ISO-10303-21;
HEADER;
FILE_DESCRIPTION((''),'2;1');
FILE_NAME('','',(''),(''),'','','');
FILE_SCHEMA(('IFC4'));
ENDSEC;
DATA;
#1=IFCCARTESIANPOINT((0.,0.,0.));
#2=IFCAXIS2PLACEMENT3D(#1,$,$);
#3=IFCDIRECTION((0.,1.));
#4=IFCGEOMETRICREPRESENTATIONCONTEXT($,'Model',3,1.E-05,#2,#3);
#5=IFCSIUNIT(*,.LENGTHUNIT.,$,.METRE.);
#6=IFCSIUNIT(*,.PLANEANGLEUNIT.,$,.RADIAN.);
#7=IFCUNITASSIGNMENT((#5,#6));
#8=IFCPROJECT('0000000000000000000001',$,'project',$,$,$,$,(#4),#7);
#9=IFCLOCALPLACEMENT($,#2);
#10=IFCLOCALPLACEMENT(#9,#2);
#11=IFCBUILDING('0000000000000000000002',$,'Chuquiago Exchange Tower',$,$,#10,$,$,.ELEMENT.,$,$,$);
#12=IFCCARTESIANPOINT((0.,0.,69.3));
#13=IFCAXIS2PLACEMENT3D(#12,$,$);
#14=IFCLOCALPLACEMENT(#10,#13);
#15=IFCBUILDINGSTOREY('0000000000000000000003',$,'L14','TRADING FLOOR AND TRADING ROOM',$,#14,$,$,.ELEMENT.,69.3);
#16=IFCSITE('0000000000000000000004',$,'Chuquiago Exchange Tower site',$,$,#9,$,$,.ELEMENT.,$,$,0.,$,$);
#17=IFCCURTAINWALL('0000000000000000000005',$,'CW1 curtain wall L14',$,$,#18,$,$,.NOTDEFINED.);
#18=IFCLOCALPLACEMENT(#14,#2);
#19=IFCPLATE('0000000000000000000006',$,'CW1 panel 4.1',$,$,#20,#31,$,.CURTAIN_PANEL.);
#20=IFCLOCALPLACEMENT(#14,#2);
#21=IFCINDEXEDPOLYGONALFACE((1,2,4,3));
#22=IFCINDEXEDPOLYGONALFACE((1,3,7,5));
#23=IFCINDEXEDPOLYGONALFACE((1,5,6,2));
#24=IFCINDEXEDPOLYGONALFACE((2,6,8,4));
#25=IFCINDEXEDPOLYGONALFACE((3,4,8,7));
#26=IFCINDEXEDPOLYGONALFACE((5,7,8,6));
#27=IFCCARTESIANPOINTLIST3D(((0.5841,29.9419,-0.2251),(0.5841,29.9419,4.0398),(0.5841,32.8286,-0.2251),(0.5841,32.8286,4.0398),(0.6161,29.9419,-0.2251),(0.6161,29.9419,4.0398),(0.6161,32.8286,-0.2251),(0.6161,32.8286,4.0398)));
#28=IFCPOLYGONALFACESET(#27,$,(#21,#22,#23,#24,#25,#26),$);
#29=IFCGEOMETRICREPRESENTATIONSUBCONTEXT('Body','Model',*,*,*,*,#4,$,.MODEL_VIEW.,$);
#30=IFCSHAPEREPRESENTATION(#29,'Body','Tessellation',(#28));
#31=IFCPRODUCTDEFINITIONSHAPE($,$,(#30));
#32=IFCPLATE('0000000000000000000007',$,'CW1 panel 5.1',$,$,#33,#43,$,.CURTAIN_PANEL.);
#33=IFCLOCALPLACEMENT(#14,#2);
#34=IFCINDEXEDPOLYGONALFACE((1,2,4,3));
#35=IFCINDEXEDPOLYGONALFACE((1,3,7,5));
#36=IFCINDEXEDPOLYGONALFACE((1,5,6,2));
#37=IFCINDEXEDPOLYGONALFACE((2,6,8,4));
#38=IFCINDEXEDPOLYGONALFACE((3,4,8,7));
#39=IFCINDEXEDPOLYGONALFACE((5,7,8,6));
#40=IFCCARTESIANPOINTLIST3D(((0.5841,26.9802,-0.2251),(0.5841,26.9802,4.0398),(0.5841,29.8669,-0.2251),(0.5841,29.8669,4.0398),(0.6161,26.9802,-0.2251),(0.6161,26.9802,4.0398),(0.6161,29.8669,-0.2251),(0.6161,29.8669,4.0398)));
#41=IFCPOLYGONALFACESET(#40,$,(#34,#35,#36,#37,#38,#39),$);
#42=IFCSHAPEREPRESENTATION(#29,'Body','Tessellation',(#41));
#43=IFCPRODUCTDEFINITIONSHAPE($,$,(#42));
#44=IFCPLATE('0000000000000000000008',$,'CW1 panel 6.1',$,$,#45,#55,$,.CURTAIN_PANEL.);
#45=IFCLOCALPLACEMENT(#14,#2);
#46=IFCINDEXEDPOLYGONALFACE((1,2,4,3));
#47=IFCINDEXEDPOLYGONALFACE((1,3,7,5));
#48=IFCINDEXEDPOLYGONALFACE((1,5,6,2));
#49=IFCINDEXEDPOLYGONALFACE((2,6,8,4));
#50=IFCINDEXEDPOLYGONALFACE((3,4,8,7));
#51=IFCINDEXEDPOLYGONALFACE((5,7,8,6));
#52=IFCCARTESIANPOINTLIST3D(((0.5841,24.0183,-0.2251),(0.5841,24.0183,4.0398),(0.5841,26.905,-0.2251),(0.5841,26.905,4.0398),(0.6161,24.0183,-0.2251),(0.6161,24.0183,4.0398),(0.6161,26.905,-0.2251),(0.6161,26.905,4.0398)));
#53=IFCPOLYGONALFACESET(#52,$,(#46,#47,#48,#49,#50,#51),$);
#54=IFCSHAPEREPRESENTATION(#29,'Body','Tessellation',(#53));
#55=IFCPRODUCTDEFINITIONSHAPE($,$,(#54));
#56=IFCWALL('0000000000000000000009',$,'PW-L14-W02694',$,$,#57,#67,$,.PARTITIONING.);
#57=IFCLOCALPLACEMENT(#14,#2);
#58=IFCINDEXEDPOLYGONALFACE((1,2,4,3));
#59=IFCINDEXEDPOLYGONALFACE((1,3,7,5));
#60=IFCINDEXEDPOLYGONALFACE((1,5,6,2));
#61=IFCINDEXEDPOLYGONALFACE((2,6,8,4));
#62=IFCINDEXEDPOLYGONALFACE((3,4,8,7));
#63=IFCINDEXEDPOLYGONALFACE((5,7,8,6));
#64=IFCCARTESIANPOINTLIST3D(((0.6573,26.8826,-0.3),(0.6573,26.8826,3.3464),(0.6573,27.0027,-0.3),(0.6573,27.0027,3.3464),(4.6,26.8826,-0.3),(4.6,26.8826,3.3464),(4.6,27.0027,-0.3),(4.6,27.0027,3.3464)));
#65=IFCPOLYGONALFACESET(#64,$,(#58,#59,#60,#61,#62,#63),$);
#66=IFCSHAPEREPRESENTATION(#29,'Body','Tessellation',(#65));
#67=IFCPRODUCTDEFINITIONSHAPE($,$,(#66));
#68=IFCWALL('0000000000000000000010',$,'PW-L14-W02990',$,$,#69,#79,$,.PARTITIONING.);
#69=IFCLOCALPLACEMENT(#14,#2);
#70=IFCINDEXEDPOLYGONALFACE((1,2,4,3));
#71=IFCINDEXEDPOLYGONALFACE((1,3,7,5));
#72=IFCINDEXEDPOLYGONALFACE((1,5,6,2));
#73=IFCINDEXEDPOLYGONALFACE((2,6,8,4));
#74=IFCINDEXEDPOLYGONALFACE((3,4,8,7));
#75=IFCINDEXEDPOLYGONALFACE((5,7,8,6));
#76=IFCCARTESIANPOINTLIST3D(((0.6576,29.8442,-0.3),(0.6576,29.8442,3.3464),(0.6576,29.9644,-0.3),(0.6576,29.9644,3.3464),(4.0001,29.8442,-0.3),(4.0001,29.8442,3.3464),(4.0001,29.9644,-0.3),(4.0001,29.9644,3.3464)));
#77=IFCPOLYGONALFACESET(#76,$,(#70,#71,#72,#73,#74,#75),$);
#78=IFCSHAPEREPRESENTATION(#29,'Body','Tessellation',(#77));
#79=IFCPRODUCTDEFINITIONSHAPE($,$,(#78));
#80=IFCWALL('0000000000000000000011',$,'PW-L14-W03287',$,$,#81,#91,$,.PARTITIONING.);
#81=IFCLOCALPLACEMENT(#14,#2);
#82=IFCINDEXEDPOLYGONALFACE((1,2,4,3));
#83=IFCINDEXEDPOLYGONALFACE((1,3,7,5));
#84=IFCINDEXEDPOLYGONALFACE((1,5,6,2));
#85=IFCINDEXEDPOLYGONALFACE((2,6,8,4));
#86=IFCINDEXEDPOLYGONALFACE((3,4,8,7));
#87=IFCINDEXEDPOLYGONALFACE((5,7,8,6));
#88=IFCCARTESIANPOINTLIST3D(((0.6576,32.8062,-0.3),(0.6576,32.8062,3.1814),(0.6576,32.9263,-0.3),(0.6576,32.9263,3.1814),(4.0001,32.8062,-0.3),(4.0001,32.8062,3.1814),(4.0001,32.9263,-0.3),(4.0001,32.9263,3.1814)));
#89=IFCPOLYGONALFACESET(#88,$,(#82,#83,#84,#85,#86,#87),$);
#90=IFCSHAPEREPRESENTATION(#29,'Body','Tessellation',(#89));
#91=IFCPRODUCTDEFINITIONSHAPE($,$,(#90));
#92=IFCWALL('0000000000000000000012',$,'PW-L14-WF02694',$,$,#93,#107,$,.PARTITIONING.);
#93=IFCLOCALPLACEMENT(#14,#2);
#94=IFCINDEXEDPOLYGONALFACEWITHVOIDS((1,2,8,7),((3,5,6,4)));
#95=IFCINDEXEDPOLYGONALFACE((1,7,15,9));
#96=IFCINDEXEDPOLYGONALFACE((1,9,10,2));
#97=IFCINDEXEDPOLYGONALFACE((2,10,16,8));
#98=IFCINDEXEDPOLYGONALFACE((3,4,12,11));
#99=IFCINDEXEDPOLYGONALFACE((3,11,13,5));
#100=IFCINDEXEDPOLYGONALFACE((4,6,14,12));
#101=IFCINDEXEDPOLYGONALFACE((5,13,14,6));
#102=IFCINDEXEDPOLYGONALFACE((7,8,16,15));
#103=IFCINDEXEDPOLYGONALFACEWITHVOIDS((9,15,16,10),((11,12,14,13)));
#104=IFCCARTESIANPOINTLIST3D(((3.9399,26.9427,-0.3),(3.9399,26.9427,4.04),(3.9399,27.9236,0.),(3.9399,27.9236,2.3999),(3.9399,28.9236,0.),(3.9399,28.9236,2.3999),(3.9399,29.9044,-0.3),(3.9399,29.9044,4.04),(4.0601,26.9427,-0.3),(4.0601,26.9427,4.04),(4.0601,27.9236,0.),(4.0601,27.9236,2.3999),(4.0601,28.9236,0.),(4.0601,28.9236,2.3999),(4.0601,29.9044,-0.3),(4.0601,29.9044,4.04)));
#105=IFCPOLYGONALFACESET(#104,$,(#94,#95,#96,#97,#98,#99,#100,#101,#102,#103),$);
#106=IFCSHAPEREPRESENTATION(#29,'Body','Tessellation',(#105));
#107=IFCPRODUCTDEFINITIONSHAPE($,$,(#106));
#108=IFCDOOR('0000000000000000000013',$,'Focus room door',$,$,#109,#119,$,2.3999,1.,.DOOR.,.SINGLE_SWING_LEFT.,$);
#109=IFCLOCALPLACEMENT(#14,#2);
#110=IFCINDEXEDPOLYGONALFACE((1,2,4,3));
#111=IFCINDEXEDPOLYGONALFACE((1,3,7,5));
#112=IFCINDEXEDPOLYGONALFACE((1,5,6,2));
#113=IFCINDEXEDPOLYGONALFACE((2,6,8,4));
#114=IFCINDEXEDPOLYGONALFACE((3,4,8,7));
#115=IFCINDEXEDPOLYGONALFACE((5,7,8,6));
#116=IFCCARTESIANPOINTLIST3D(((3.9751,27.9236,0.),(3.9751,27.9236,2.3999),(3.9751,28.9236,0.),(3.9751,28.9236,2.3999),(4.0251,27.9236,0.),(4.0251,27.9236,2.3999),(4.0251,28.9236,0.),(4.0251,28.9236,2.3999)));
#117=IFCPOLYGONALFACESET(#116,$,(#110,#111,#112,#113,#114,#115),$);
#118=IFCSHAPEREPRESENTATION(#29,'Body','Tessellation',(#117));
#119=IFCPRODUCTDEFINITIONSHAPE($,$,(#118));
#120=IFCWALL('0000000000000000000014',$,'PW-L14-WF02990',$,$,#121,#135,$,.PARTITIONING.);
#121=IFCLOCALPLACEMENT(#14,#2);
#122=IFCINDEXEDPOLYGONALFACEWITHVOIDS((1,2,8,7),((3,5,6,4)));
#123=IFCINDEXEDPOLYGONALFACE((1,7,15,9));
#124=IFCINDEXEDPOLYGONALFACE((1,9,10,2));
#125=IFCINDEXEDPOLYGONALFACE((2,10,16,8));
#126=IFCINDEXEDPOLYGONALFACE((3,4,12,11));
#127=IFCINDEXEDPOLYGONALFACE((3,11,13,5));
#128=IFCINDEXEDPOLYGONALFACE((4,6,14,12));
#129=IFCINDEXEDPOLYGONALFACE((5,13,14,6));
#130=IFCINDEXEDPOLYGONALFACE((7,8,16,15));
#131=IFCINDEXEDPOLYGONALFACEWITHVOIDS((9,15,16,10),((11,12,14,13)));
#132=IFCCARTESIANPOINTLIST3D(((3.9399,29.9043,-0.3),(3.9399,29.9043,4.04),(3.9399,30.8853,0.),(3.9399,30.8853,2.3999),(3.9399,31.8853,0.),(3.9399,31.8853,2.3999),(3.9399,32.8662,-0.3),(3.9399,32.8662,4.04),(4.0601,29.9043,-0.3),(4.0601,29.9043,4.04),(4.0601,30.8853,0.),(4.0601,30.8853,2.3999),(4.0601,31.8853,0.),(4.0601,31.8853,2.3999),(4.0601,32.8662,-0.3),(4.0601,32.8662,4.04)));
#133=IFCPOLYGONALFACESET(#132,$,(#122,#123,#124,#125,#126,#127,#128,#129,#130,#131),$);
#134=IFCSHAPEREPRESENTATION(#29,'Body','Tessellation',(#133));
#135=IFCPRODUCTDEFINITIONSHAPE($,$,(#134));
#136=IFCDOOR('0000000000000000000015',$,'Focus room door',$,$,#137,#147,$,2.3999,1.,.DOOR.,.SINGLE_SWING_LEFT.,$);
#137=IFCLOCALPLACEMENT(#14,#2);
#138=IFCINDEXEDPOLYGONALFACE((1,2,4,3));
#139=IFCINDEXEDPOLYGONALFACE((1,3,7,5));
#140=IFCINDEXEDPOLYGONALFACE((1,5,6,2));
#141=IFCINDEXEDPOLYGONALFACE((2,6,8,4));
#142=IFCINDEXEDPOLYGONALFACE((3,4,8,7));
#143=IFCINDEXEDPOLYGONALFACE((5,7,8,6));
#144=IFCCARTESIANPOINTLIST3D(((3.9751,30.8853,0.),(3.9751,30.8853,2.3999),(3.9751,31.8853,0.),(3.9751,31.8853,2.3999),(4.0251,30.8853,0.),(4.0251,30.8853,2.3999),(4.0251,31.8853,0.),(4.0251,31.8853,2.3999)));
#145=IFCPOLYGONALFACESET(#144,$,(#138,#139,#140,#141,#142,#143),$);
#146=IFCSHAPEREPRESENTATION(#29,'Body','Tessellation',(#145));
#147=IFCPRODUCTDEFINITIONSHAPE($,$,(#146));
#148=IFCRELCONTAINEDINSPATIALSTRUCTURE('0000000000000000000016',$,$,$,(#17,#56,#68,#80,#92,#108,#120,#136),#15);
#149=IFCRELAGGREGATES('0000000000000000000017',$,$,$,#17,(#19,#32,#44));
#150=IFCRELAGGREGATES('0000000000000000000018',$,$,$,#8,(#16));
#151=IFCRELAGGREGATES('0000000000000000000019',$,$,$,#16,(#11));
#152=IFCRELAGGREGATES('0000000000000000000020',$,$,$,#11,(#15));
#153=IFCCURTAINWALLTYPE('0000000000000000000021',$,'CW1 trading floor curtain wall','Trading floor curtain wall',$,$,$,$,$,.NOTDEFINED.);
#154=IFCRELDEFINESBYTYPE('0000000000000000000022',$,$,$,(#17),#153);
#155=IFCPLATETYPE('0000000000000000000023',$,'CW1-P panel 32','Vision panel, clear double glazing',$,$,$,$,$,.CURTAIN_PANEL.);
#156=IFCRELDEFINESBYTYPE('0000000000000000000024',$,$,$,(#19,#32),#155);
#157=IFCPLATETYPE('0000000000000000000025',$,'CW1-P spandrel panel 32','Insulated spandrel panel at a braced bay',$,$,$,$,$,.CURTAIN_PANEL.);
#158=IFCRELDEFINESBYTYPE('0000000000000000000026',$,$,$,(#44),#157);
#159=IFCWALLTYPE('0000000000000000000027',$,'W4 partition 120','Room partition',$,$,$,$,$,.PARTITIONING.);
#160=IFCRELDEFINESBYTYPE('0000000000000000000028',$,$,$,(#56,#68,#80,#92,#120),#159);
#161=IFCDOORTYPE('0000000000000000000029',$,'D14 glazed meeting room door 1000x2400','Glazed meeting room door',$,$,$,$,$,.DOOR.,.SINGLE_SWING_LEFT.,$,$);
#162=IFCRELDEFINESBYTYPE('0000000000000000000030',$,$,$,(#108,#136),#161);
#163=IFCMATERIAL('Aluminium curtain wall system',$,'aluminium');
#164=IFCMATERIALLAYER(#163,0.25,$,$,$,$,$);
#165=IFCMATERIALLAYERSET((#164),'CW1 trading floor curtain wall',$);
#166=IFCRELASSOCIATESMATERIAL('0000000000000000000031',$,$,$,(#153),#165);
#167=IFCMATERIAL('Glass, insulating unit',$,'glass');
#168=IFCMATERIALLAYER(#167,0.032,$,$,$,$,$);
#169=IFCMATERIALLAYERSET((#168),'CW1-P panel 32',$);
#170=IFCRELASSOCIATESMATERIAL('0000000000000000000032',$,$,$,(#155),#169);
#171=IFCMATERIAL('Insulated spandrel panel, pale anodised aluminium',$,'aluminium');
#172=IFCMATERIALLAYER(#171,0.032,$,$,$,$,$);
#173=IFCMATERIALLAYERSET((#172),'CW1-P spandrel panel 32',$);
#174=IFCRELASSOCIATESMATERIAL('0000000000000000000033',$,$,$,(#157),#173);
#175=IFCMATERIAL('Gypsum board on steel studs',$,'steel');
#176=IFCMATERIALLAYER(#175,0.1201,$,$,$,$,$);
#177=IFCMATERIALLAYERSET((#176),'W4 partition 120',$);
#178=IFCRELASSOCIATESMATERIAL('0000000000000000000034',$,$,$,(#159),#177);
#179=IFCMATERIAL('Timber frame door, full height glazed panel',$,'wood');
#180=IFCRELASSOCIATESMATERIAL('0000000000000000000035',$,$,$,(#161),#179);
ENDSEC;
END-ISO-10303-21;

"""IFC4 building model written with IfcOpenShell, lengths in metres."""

from ifc_helpers import new_model, si_unit, direction, frame, frame_2d, origin, origin_2d, place, context, subcontext, project, spatial, rectangle, extrude, material, layer, layer_set, type_object, element, fill, aggregate, save


model = new_model("IFC4")

# Units and contexts
model_context = context("Model", 3, precision=1e-05, world=origin(), true_north=direction((0.0, 1.0)))
body_context = subcontext(model_context, "Body", "Model", "MODEL_VIEW")
ifc_project = project(units=[si_unit("LENGTHUNIT", "METRE"), si_unit("PLANEANGLEUNIT", "RADIAN")], contexts=[model_context])

# Site, building, storey
site_placement = place(None, origin())
site = spatial("IfcSite", under=ifc_project, at=site_placement, Name="Chuquiago Exchange Tower site", CompositionType="ELEMENT", RefElevation=0.0)
building_placement = place(site_placement, origin())
building = spatial("IfcBuilding", under=site, at=building_placement, Name="Chuquiago Exchange Tower", CompositionType="ELEMENT")
storey_placement = place(building_placement, frame((0.0, 0.0, 69.3)))
storey = spatial("IfcBuildingStorey", under=building, at=storey_placement, Name="L14", Description="TRADING FLOOR AND TRADING ROOM", CompositionType="ELEMENT", Elevation=69.3)

# Curtain wall
ifc_material_1 = material(Name="Aluminium curtain wall system", Category="aluminium")
ifc_layer_1 = layer(ifc_material_1, 0.25)
ifc_layer_set_1 = layer_set([ifc_layer_1], Name="CW1 trading floor curtain wall")
curtain_wall_type = type_object("IfcCurtainWallType", Name="CW1 trading floor curtain wall", Description="Trading floor curtain wall", PredefinedType="NOTDEFINED", material=ifc_layer_set_1)
curtain_wall_placement = place(storey_placement, origin())
curtain_wall = element("IfcCurtainWall", 1, at=curtain_wall_placement, inside=storey, type_object=curtain_wall_type, Name="CW1 curtain wall L14", PredefinedType="NOTDEFINED")

# Plates
ifc_material_2 = material(Name="Glass, insulating unit", Category="glass")
ifc_layer_2 = layer(ifc_material_2, 0.032)
ifc_layer_set_2 = layer_set([ifc_layer_2], Name="CW1-P panel 32")
plate_type_1 = type_object("IfcPlateType", Name="CW1-P panel 32", Description="Vision panel, clear double glazing", PredefinedType="CURTAIN_PANEL", material=ifc_layer_set_2)
plate_1_placement = place(storey_placement, frame((0.6001, 31.3853, -0.2251), z_axis=(0.0, 0.0, 1.0), x_axis=(0.0, -1.0, 0.0)))
plate_1 = element("IfcPlate", 2, at=plate_1_placement, type_object=plate_type_1, Name="CW1 panel 4.1", PredefinedType="CURTAIN_PANEL", context=body_context, shape_type="SweptSolid", body=[
    extrude(rectangle(XDim=2.8867, YDim=0.032, at=origin_2d()), origin(), (0.0, 0.0, 1.0), 4.2649),
])
plate_2_placement = place(storey_placement, frame((0.6001, 28.4236, -0.2251), z_axis=(0.0, 0.0, 1.0), x_axis=(0.0, -1.0, 0.0)))
plate_2 = element("IfcPlate", 3, at=plate_2_placement, type_object=plate_type_1, Name="CW1 panel 5.1", PredefinedType="CURTAIN_PANEL", context=body_context, shape_type="SweptSolid", body=[
    extrude(rectangle(XDim=2.8867, YDim=0.032, at=origin_2d()), origin(), (0.0, 0.0, 1.0), 4.2649),
])
ifc_material_3 = material(Name="Insulated spandrel panel, pale anodised aluminium", Category="aluminium")
ifc_layer_3 = layer(ifc_material_3, 0.032)
ifc_layer_set_3 = layer_set([ifc_layer_3], Name="CW1-P spandrel panel 32")
plate_type_2 = type_object("IfcPlateType", Name="CW1-P spandrel panel 32", Description="Insulated spandrel panel at a braced bay", PredefinedType="CURTAIN_PANEL", material=ifc_layer_set_3)
plate_3_placement = place(storey_placement, frame((0.6001, 25.4617, -0.2251), z_axis=(0.0, 0.0, 1.0), x_axis=(0.0, -1.0, 0.0)))
plate_3 = element("IfcPlate", 4, at=plate_3_placement, type_object=plate_type_2, Name="CW1 panel 6.1", PredefinedType="CURTAIN_PANEL", context=body_context, shape_type="SweptSolid", body=[
    extrude(rectangle(XDim=2.8867, YDim=0.032, at=origin_2d()), origin(), (0.0, 0.0, 1.0), 4.2649),
])
aggregate(curtain_wall, [plate_1, plate_2, plate_3])

# Walls
ifc_material_4 = material(Name="Gypsum board on steel studs", Category="steel")
ifc_layer_4 = layer(ifc_material_4, 0.1201)
ifc_layer_set_4 = layer_set([ifc_layer_4], Name="W4 partition 120")
wall_type = type_object("IfcWallType", Name="W4 partition 120", Description="Room partition", PredefinedType="PARTITIONING", material=ifc_layer_set_4)
wall_1_placement = place(storey_placement, frame((0.6575, 26.9426, -0.3), z_axis=(0.0, 0.0, 1.0), x_axis=(1.0, 0.0, 0.0)))
element("IfcWall", 5, at=wall_1_placement, inside=storey, type_object=wall_type, Name="PW-L14-W02694", PredefinedType="PARTITIONING", context=body_context, shape_type="SweptSolid", body=[
    extrude(rectangle(XDim=3.9426, YDim=0.1201, at=frame_2d((1.9712, 0.0))), origin(), (0.0, 0.0, 1.0), 3.6465),
])
wall_2_placement = place(storey_placement, frame((0.6575, 29.9043, -0.3), z_axis=(0.0, 0.0, 1.0), x_axis=(1.0, 0.0, 0.0)))
element("IfcWall", 6, at=wall_2_placement, inside=storey, type_object=wall_type, Name="PW-L14-W02990", PredefinedType="PARTITIONING", context=body_context, shape_type="SweptSolid", body=[
    extrude(rectangle(XDim=3.3425, YDim=0.1201, at=frame_2d((1.6714, 0.0))), origin(), (0.0, 0.0, 1.0), 3.6465),
])
wall_3_placement = place(storey_placement, frame((0.6575, 32.8662, -0.3), z_axis=(0.0, 0.0, 1.0), x_axis=(1.0, 0.0, 0.0)))
element("IfcWall", 7, at=wall_3_placement, inside=storey, type_object=wall_type, Name="PW-L14-W03287", PredefinedType="PARTITIONING", context=body_context, shape_type="SweptSolid", body=[
    extrude(rectangle(XDim=3.3425, YDim=0.1201, at=frame_2d((1.6714, 0.0))), origin(), (0.0, 0.0, 1.0), 3.4814),
])

# Walls, openings, doors
wall_4_placement = place(storey_placement, frame((4.0, 26.9426, -0.3), z_axis=(0.0, 0.0, 1.0), x_axis=(0.0, 1.0, 0.0)))
wall_4 = element("IfcWall", 8, at=wall_4_placement, inside=storey, type_object=wall_type, Name="PW-L14-WF02694", PredefinedType="PARTITIONING", context=body_context, shape_type="SweptSolid", body=[
    extrude(rectangle(XDim=2.9617, YDim=0.1201, at=frame_2d((1.481, 0.0))), origin(), (0.0, 0.0, 1.0), 4.3401),
])
opening_1_placement = place(wall_4_placement, frame((0.981, 0.0, 0.3)))
opening_1 = element("IfcOpeningElement", 9, at=opening_1_placement, cuts=wall_4, PredefinedType="OPENING", context=body_context, shape_type="SweptSolid", body=[
    extrude(rectangle(XDim=1.0, YDim=2.3999, at=frame_2d((0.5, 1.2))), frame((0.0, 0.0701, 0.0), z_axis=(0.0, -1.0, 0.0), x_axis=(1.0, 0.0, 0.0)), (0.0, 0.0, 1.0), 0.1401),
])
ifc_material_5 = material(Name="Timber frame door, full height glazed panel", Category="wood")
door_type = type_object("IfcDoorType", Name="D14 glazed meeting room door 1000x2400", Description="Glazed meeting room door", OperationType="SINGLE_SWING_LEFT", PredefinedType="DOOR", material=ifc_material_5)
door_1_placement = place(opening_1_placement, origin())
door_1 = element("IfcDoor", 10, at=door_1_placement, inside=storey, type_object=door_type, Name="Focus room door", OperationType="SINGLE_SWING_LEFT", OverallHeight=2.3999, OverallWidth=1.0, PredefinedType="DOOR", context=body_context, shape_type="SweptSolid", body=[
    extrude(rectangle(XDim=1.0, YDim=2.3999, at=frame_2d((0.5, 1.2))), frame((0.0, 0.0249, 0.0), z_axis=(0.0, -1.0, 0.0), x_axis=(1.0, 0.0, 0.0)), (0.0, 0.0, 1.0), 0.05),
])
fill(opening_1, door_1)
wall_5_placement = place(storey_placement, frame((4.0, 29.9043, -0.3), z_axis=(0.0, 0.0, 1.0), x_axis=(0.0, 1.0, 0.0)))
wall_5 = element("IfcWall", 11, at=wall_5_placement, inside=storey, type_object=wall_type, Name="PW-L14-WF02990", PredefinedType="PARTITIONING", context=body_context, shape_type="SweptSolid", body=[
    extrude(rectangle(XDim=2.9619, YDim=0.1201, at=frame_2d((1.481, 0.0))), origin(), (0.0, 0.0, 1.0), 4.3401),
])
opening_2_placement = place(wall_5_placement, frame((0.981, 0.0, 0.3)))
opening_2 = element("IfcOpeningElement", 12, at=opening_2_placement, cuts=wall_5, PredefinedType="OPENING", context=body_context, shape_type="SweptSolid", body=[
    extrude(rectangle(XDim=1.0, YDim=2.3999, at=frame_2d((0.5, 1.2))), frame((0.0, 0.0701, 0.0), z_axis=(0.0, -1.0, 0.0), x_axis=(1.0, 0.0, 0.0)), (0.0, 0.0, 1.0), 0.1401),
])
door_2_placement = place(opening_2_placement, origin())
door_2 = element("IfcDoor", 13, at=door_2_placement, inside=storey, type_object=door_type, Name="Focus room door", OperationType="SINGLE_SWING_LEFT", OverallHeight=2.3999, OverallWidth=1.0, PredefinedType="DOOR", context=body_context, shape_type="SweptSolid", body=[
    extrude(rectangle(XDim=1.0, YDim=2.3999, at=frame_2d((0.5, 1.2))), frame((0.0, 0.0249, 0.0), z_axis=(0.0, -1.0, 0.0), x_axis=(1.0, 0.0, 0.0)), (0.0, 0.0, 1.0), 0.05),
])
fill(opening_2, door_2)

save(model, "model.ifc")
